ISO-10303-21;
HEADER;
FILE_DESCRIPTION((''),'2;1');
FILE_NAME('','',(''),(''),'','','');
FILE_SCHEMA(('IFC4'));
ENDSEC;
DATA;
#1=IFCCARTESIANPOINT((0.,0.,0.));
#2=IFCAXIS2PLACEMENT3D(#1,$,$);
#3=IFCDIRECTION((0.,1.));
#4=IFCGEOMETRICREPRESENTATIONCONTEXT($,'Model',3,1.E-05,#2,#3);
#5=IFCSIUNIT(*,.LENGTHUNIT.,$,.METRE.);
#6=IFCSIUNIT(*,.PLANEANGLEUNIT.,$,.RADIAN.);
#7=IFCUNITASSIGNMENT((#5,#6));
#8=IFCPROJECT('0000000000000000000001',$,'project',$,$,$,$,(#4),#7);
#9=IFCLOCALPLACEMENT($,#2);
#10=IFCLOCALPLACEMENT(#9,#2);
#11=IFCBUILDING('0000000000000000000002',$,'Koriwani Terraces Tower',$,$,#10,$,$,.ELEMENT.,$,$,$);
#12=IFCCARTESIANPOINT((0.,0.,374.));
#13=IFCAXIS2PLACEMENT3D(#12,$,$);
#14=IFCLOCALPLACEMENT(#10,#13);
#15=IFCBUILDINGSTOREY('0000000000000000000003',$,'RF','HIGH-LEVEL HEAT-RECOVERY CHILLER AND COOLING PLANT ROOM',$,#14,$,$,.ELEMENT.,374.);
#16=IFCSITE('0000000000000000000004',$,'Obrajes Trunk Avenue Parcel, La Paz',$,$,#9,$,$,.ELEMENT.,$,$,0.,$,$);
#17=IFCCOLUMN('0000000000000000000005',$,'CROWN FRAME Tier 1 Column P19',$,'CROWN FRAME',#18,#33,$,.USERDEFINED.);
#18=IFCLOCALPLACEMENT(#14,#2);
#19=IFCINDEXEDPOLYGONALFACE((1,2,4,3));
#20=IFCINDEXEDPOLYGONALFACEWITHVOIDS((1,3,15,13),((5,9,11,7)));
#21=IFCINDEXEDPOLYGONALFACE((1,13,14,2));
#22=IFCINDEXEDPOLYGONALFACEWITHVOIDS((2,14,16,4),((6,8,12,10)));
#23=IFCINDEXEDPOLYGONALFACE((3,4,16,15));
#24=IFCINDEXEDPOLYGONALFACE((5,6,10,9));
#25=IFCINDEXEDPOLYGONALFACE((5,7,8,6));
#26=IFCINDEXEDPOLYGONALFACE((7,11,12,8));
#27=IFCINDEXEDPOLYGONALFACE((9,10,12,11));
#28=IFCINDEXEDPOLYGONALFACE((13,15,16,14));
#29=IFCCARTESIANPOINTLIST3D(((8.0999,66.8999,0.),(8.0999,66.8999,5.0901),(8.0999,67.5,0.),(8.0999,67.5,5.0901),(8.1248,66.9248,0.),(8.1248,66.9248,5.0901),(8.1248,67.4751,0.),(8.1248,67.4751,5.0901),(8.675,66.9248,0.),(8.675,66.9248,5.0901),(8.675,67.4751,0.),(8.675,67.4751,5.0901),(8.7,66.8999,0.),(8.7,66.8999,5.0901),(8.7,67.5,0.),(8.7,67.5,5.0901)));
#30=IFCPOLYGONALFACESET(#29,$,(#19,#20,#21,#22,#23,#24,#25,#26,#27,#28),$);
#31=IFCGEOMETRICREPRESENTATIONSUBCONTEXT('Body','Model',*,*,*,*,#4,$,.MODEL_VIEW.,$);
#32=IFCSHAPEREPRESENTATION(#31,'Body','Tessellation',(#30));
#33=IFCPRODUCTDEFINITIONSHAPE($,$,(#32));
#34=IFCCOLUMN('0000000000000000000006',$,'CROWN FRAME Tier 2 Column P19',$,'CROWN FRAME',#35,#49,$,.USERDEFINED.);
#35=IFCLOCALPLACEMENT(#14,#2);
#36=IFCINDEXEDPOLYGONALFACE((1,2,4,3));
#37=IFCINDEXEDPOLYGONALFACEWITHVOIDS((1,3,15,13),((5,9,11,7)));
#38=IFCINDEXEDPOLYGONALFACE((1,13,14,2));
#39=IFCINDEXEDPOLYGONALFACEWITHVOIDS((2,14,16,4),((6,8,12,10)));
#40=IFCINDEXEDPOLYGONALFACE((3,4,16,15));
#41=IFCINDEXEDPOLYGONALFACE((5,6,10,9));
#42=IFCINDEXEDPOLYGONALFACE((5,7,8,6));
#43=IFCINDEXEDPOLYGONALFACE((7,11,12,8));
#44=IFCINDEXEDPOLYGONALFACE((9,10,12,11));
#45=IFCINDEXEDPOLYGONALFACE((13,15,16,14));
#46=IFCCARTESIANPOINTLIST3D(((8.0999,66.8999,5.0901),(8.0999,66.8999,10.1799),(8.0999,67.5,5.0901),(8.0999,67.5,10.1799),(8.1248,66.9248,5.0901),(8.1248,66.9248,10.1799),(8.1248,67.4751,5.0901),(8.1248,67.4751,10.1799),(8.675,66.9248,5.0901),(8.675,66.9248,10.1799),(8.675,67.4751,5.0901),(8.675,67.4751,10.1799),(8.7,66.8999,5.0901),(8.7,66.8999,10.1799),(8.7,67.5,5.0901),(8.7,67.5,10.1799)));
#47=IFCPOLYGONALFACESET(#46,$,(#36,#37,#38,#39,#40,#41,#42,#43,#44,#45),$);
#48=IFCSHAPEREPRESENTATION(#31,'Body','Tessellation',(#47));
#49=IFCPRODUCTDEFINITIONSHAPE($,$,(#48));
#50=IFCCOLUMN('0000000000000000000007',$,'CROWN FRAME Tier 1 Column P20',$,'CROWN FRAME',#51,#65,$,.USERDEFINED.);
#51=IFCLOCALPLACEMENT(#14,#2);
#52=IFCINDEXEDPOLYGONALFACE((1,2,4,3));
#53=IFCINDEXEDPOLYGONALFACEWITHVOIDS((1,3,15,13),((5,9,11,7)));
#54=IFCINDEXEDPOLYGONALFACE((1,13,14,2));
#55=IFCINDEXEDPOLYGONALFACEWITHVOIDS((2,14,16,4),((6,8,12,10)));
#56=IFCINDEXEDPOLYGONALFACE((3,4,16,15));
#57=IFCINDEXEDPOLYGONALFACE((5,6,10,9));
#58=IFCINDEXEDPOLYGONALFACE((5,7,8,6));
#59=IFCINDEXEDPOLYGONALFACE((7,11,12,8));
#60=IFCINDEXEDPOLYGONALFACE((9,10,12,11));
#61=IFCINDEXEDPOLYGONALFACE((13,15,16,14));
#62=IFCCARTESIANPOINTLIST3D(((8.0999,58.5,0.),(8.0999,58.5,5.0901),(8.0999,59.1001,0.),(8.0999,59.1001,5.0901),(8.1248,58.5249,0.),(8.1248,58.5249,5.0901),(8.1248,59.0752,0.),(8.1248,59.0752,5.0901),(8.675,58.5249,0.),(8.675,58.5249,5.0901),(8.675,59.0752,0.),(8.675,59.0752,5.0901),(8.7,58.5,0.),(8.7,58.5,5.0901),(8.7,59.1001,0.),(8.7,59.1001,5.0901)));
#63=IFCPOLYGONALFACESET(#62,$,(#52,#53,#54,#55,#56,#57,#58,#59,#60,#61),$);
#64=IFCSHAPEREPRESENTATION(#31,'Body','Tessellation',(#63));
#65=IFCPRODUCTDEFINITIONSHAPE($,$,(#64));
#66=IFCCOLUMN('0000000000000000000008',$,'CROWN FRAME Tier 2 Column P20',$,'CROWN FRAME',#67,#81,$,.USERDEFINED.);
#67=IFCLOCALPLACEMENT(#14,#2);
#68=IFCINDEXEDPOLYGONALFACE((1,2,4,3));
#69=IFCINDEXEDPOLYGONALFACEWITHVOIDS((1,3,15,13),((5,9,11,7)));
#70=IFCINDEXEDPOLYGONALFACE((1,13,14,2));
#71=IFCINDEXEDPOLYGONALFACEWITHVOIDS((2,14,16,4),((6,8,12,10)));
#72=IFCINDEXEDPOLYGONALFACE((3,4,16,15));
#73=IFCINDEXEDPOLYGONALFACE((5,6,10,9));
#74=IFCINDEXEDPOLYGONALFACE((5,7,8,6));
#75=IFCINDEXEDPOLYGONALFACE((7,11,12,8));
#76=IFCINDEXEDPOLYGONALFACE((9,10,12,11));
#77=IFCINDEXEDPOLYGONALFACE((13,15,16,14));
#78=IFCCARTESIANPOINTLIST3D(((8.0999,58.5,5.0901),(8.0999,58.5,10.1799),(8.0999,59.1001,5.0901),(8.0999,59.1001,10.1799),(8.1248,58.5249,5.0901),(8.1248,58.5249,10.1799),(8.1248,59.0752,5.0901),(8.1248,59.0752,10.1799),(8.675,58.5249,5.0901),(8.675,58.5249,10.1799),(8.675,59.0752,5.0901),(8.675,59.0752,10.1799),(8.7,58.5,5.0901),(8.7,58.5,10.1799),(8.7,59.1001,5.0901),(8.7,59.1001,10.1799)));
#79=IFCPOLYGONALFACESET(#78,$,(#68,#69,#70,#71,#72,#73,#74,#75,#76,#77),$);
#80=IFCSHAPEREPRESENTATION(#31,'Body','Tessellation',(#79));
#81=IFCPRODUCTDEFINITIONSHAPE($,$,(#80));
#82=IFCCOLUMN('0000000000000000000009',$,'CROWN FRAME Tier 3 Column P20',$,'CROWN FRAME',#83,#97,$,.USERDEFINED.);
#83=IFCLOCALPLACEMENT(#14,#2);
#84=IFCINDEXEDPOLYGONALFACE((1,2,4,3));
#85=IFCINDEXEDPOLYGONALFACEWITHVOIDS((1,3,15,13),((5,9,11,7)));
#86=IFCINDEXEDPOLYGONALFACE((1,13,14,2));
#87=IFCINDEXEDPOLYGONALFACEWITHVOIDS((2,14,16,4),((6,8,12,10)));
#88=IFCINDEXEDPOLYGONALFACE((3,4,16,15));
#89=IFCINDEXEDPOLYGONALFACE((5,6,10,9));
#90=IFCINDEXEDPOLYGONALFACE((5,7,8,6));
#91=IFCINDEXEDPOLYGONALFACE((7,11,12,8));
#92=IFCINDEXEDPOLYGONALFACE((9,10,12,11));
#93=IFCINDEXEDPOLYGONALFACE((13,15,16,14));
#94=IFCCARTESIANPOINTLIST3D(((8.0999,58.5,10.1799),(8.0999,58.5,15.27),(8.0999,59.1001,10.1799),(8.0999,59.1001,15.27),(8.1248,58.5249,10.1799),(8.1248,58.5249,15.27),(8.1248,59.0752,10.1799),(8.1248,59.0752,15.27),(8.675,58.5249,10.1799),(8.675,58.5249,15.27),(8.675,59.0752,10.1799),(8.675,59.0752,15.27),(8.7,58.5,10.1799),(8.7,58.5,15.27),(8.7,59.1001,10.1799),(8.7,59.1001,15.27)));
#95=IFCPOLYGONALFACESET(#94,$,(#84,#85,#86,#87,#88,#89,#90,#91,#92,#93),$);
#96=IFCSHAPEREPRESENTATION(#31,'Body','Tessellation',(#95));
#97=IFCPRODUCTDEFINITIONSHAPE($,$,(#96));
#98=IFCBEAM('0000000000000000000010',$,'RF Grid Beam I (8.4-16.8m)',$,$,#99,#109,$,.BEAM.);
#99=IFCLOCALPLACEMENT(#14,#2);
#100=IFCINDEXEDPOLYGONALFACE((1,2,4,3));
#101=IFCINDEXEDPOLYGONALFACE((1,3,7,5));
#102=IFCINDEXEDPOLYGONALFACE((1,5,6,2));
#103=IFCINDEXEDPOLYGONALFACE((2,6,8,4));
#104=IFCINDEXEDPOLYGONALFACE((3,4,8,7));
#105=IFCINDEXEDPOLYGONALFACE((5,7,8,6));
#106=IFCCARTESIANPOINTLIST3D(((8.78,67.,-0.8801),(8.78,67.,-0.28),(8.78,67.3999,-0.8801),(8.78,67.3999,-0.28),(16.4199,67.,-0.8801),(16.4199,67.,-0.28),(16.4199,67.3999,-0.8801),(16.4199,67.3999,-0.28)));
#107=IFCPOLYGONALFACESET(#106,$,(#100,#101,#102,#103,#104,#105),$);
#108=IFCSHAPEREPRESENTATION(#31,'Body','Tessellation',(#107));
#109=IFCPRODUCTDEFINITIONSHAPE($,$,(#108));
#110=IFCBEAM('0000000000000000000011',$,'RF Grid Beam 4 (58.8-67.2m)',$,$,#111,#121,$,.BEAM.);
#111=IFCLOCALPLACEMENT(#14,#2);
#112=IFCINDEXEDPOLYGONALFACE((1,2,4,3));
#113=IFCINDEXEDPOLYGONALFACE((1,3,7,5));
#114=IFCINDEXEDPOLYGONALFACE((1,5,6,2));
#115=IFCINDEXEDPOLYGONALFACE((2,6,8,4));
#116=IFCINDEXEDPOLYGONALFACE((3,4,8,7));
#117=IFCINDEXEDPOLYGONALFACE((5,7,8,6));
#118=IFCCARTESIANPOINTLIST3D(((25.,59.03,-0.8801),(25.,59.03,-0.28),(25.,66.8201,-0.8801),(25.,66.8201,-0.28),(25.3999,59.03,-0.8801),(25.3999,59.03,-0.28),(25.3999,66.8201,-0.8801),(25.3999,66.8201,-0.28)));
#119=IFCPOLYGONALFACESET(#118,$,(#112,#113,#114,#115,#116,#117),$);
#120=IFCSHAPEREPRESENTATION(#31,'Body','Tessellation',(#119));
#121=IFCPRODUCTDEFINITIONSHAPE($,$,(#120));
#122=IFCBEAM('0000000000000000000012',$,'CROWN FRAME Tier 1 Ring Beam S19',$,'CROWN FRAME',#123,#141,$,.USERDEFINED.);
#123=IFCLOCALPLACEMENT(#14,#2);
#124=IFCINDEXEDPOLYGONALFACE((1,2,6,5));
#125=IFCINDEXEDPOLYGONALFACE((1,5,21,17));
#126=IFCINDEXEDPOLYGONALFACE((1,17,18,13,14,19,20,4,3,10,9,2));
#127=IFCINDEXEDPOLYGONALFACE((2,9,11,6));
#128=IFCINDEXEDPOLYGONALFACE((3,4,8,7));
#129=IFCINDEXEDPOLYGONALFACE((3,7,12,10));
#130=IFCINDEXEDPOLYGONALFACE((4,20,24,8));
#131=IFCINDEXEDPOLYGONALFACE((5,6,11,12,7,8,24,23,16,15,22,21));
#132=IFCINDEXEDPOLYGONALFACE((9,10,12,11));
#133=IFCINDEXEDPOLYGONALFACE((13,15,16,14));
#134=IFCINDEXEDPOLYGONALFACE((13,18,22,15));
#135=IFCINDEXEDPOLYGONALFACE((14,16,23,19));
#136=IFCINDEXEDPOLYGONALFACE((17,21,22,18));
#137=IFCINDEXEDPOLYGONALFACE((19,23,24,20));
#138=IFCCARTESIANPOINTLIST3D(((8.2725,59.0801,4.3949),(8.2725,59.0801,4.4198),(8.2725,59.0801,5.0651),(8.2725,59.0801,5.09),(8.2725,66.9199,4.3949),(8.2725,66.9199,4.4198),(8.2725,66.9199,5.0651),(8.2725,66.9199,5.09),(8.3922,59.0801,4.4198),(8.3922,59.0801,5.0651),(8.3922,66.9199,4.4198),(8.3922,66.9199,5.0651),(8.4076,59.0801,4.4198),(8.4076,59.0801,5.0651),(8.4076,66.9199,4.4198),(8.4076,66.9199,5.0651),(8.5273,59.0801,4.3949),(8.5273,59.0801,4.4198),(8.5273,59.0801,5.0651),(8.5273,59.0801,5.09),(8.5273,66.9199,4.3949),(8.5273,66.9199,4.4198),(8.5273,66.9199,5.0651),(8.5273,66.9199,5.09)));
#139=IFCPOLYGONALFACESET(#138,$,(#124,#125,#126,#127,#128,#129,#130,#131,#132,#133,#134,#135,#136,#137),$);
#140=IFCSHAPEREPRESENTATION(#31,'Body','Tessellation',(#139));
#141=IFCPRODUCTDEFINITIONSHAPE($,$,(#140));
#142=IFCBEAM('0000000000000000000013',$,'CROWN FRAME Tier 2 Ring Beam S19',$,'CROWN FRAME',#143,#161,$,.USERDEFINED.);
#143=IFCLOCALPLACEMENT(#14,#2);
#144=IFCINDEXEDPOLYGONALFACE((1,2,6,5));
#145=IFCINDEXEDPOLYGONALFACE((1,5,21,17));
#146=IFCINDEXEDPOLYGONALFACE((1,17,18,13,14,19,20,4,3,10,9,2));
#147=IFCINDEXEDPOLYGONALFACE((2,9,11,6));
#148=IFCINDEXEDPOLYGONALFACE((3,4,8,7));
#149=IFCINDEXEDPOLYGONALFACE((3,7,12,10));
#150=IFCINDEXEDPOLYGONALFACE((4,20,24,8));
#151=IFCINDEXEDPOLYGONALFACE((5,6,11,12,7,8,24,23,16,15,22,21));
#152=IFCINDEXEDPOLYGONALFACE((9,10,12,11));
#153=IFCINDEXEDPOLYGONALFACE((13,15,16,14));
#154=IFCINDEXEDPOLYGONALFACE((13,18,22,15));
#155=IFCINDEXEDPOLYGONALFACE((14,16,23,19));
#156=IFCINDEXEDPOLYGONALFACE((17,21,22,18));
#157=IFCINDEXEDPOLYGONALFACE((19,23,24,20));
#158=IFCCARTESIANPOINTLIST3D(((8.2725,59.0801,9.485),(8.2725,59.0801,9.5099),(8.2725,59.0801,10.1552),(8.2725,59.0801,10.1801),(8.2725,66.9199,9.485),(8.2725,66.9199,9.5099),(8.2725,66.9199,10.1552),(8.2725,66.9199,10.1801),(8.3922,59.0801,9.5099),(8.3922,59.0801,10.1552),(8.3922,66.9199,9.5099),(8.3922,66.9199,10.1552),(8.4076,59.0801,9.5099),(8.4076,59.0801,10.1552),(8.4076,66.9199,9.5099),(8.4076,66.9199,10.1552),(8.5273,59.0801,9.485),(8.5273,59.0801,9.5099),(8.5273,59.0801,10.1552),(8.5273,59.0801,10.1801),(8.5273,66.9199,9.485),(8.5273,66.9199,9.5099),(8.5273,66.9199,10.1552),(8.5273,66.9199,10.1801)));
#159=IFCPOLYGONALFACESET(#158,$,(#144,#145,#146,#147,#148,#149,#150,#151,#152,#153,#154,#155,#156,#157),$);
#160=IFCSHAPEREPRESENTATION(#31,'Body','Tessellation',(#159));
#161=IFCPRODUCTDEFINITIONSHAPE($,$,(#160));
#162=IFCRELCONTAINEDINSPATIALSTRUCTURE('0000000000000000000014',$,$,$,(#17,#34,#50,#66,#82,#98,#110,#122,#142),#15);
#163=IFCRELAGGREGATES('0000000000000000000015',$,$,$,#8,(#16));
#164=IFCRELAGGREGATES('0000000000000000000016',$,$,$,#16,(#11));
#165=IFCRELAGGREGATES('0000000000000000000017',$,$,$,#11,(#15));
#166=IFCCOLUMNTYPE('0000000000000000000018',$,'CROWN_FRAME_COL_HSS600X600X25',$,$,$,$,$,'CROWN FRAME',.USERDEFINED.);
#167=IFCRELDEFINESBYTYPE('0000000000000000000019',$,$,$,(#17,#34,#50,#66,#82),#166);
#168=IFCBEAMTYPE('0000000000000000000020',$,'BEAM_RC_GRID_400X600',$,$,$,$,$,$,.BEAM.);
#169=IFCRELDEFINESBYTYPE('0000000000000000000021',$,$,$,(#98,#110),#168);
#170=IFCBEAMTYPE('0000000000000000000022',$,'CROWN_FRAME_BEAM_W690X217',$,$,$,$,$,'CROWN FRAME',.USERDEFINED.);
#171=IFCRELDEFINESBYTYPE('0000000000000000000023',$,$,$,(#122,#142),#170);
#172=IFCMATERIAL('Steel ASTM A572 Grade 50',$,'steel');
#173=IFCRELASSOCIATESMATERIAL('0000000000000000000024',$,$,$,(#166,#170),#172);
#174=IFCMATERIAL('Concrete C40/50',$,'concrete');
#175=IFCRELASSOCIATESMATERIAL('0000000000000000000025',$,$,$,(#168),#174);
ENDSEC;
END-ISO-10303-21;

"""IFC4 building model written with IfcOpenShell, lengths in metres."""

from ifc_helpers import new_model, si_unit, direction, frame, origin, origin_2d, place, context, subcontext, project, spatial, rectangle, hollow_rectangle, i_section, extrude, material, material_profile, profile_set, type_object, element, save


model = new_model("IFC4")

# Units and contexts
model_context = context("Model", 3, precision=1e-05, world=origin(), true_north=direction((0.0, 1.0)))
body_context = subcontext(model_context, "Body", "Model", "MODEL_VIEW")
ifc_project = project(units=[si_unit("LENGTHUNIT", "METRE"), si_unit("PLANEANGLEUNIT", "RADIAN")], contexts=[model_context])

# Site, building, storey
site_placement = place(None, origin())
site = spatial("IfcSite", under=ifc_project, at=site_placement, Name="Obrajes Trunk Avenue Parcel, La Paz", CompositionType="ELEMENT", RefElevation=0.0)
building_placement = place(site_placement, origin())
building = spatial("IfcBuilding", under=site, at=building_placement, Name="Koriwani Terraces Tower", CompositionType="ELEMENT")
storey_placement = place(building_placement, frame((0.0, 0.0, 374.0)))
storey = spatial("IfcBuildingStorey", under=building, at=storey_placement, Name="RF", Description="HIGH-LEVEL HEAT-RECOVERY CHILLER AND COOLING PLANT ROOM", CompositionType="ELEMENT", Elevation=374.0)

# Columns
ifc_material_1 = material(Name="Steel ASTM A572 Grade 50", Category="steel")
ifc_material_profile_1 = material_profile(ifc_material_1, hollow_rectangle(XDim=0.6001, YDim=0.6001, WallThickness=0.0249, at=origin_2d()), Name="Steel ASTM A572 Grade 50", Category="LoadBearing")
ifc_profile_set_1 = profile_set([ifc_material_profile_1], Name="Steel ASTM A572 Grade 50")
column_type = type_object("IfcColumnType", Name="CROWN_FRAME_COL_HSS600X600X25", ElementType="CROWN FRAME", PredefinedType="USERDEFINED", material=ifc_profile_set_1)
column_1_placement = place(storey_placement, frame((8.3999, 67.2, 0.0), z_axis=(0.0, 0.0, 1.0), x_axis=(1.0, 0.0, 0.0)))
element("IfcColumn", 1, at=column_1_placement, inside=storey, type_object=column_type, Name="CROWN FRAME Tier 1 Column P19", ObjectType="CROWN FRAME", PredefinedType="USERDEFINED", context=body_context, shape_type="SweptSolid", body=[
    extrude(hollow_rectangle(XDim=0.6001, YDim=0.6001, WallThickness=0.0249, at=origin_2d()), origin(), (0.0, 0.0, 1.0), 5.0901),
])
column_2_placement = place(storey_placement, frame((8.3999, 67.2, 5.0901), z_axis=(0.0, 0.0, 1.0), x_axis=(1.0, 0.0, 0.0)))
element("IfcColumn", 2, at=column_2_placement, inside=storey, type_object=column_type, Name="CROWN FRAME Tier 2 Column P19", ObjectType="CROWN FRAME", PredefinedType="USERDEFINED", context=body_context, shape_type="SweptSolid", body=[
    extrude(hollow_rectangle(XDim=0.6001, YDim=0.6001, WallThickness=0.0249, at=origin_2d()), origin(), (0.0, 0.0, 1.0), 5.0898),
])
column_3_placement = place(storey_placement, frame((8.3999, 58.8, 0.0), z_axis=(0.0, 0.0, 1.0), x_axis=(1.0, 0.0, 0.0)))
element("IfcColumn", 3, at=column_3_placement, inside=storey, type_object=column_type, Name="CROWN FRAME Tier 1 Column P20", ObjectType="CROWN FRAME", PredefinedType="USERDEFINED", context=body_context, shape_type="SweptSolid", body=[
    extrude(hollow_rectangle(XDim=0.6001, YDim=0.6001, WallThickness=0.0249, at=origin_2d()), origin(), (0.0, 0.0, 1.0), 5.0901),
])
column_4_placement = place(storey_placement, frame((8.3999, 58.8, 5.0901), z_axis=(0.0, 0.0, 1.0), x_axis=(1.0, 0.0, 0.0)))
element("IfcColumn", 4, at=column_4_placement, inside=storey, type_object=column_type, Name="CROWN FRAME Tier 2 Column P20", ObjectType="CROWN FRAME", PredefinedType="USERDEFINED", context=body_context, shape_type="SweptSolid", body=[
    extrude(hollow_rectangle(XDim=0.6001, YDim=0.6001, WallThickness=0.0249, at=origin_2d()), origin(), (0.0, 0.0, 1.0), 5.0898),
])
column_5_placement = place(storey_placement, frame((8.3999, 58.8, 10.1799), z_axis=(0.0, 0.0, 1.0), x_axis=(1.0, 0.0, 0.0)))
element("IfcColumn", 5, at=column_5_placement, inside=storey, type_object=column_type, Name="CROWN FRAME Tier 3 Column P20", ObjectType="CROWN FRAME", PredefinedType="USERDEFINED", context=body_context, shape_type="SweptSolid", body=[
    extrude(hollow_rectangle(XDim=0.6001, YDim=0.6001, WallThickness=0.0249, at=origin_2d()), origin(), (0.0, 0.0, 1.0), 5.0901),
])

# Beams
ifc_material_2 = material(Name="Concrete C40/50", Category="concrete")
ifc_material_profile_2 = material_profile(ifc_material_2, rectangle(XDim=0.3999, YDim=0.6001, at=origin_2d()), Name="Concrete C40/50", Category="LoadBearing")
ifc_profile_set_2 = profile_set([ifc_material_profile_2], Name="Concrete C40/50")
beam_type_1 = type_object("IfcBeamType", Name="BEAM_RC_GRID_400X600", PredefinedType="BEAM", material=ifc_profile_set_2)
beam_1_placement = place(storey_placement, frame((8.78, 67.2, -0.5801), z_axis=(1.0, 0.0, 0.0), x_axis=(0.0, 1.0, 0.0)))
element("IfcBeam", 6, at=beam_1_placement, inside=storey, type_object=beam_type_1, Name="RF Grid Beam I (8.4-16.8m)", PredefinedType="BEAM", context=body_context, shape_type="SweptSolid", body=[
    extrude(rectangle(XDim=0.3999, YDim=0.6001, at=origin_2d()), origin(), (0.0, 0.0, 1.0), 7.6399),
])
beam_2_placement = place(storey_placement, frame((25.2, 59.03, -0.5801), z_axis=(0.0, 1.0, 0.0), x_axis=(-1.0, 0.0, 0.0)))
element("IfcBeam", 7, at=beam_2_placement, inside=storey, type_object=beam_type_1, Name="RF Grid Beam 4 (58.8-67.2m)", PredefinedType="BEAM", context=body_context, shape_type="SweptSolid", body=[
    extrude(rectangle(XDim=0.3999, YDim=0.6001, at=origin_2d()), origin(), (0.0, 0.0, 1.0), 7.79),
])
ifc_material_profile_3 = material_profile(ifc_material_1, i_section(OverallWidth=0.2549, OverallDepth=0.6951, WebThickness=0.0154, FlangeThickness=0.0249, at=origin_2d()), Name="Steel ASTM A572 Grade 50", Category="LoadBearing")
ifc_profile_set_3 = profile_set([ifc_material_profile_3], Name="Steel ASTM A572 Grade 50")
beam_type_2 = type_object("IfcBeamType", Name="CROWN_FRAME_BEAM_W690X217", ElementType="CROWN FRAME", PredefinedType="USERDEFINED", material=ifc_profile_set_3)
for number, where, z_axis, x_axis, name in (
    (8, (8.3999, 66.9199, 4.7424), (0.0, -1.0, 0.0), (1.0, 0.0, 0.0), "CROWN FRAME Tier 1 Ring Beam S19"),
    (9, (8.3999, 66.9199, 9.8325), (0.0, -1.0, 0.0), (1.0, 0.0, 0.0), "CROWN FRAME Tier 2 Ring Beam S19"),
):
    element("IfcBeam", number, at=place(storey_placement, frame(where, z_axis=z_axis, x_axis=x_axis)), inside=storey, type_object=beam_type_2, Name=name, ObjectType="CROWN FRAME", PredefinedType="USERDEFINED", context=body_context, shape_type="SweptSolid", body=[
        extrude(i_section(OverallWidth=0.2549, OverallDepth=0.6951, WebThickness=0.0154, FlangeThickness=0.0249, at=origin_2d()), origin(), (0.0, 0.0, 1.0), 7.8398),
    ])

save(model, "model.ifc")
